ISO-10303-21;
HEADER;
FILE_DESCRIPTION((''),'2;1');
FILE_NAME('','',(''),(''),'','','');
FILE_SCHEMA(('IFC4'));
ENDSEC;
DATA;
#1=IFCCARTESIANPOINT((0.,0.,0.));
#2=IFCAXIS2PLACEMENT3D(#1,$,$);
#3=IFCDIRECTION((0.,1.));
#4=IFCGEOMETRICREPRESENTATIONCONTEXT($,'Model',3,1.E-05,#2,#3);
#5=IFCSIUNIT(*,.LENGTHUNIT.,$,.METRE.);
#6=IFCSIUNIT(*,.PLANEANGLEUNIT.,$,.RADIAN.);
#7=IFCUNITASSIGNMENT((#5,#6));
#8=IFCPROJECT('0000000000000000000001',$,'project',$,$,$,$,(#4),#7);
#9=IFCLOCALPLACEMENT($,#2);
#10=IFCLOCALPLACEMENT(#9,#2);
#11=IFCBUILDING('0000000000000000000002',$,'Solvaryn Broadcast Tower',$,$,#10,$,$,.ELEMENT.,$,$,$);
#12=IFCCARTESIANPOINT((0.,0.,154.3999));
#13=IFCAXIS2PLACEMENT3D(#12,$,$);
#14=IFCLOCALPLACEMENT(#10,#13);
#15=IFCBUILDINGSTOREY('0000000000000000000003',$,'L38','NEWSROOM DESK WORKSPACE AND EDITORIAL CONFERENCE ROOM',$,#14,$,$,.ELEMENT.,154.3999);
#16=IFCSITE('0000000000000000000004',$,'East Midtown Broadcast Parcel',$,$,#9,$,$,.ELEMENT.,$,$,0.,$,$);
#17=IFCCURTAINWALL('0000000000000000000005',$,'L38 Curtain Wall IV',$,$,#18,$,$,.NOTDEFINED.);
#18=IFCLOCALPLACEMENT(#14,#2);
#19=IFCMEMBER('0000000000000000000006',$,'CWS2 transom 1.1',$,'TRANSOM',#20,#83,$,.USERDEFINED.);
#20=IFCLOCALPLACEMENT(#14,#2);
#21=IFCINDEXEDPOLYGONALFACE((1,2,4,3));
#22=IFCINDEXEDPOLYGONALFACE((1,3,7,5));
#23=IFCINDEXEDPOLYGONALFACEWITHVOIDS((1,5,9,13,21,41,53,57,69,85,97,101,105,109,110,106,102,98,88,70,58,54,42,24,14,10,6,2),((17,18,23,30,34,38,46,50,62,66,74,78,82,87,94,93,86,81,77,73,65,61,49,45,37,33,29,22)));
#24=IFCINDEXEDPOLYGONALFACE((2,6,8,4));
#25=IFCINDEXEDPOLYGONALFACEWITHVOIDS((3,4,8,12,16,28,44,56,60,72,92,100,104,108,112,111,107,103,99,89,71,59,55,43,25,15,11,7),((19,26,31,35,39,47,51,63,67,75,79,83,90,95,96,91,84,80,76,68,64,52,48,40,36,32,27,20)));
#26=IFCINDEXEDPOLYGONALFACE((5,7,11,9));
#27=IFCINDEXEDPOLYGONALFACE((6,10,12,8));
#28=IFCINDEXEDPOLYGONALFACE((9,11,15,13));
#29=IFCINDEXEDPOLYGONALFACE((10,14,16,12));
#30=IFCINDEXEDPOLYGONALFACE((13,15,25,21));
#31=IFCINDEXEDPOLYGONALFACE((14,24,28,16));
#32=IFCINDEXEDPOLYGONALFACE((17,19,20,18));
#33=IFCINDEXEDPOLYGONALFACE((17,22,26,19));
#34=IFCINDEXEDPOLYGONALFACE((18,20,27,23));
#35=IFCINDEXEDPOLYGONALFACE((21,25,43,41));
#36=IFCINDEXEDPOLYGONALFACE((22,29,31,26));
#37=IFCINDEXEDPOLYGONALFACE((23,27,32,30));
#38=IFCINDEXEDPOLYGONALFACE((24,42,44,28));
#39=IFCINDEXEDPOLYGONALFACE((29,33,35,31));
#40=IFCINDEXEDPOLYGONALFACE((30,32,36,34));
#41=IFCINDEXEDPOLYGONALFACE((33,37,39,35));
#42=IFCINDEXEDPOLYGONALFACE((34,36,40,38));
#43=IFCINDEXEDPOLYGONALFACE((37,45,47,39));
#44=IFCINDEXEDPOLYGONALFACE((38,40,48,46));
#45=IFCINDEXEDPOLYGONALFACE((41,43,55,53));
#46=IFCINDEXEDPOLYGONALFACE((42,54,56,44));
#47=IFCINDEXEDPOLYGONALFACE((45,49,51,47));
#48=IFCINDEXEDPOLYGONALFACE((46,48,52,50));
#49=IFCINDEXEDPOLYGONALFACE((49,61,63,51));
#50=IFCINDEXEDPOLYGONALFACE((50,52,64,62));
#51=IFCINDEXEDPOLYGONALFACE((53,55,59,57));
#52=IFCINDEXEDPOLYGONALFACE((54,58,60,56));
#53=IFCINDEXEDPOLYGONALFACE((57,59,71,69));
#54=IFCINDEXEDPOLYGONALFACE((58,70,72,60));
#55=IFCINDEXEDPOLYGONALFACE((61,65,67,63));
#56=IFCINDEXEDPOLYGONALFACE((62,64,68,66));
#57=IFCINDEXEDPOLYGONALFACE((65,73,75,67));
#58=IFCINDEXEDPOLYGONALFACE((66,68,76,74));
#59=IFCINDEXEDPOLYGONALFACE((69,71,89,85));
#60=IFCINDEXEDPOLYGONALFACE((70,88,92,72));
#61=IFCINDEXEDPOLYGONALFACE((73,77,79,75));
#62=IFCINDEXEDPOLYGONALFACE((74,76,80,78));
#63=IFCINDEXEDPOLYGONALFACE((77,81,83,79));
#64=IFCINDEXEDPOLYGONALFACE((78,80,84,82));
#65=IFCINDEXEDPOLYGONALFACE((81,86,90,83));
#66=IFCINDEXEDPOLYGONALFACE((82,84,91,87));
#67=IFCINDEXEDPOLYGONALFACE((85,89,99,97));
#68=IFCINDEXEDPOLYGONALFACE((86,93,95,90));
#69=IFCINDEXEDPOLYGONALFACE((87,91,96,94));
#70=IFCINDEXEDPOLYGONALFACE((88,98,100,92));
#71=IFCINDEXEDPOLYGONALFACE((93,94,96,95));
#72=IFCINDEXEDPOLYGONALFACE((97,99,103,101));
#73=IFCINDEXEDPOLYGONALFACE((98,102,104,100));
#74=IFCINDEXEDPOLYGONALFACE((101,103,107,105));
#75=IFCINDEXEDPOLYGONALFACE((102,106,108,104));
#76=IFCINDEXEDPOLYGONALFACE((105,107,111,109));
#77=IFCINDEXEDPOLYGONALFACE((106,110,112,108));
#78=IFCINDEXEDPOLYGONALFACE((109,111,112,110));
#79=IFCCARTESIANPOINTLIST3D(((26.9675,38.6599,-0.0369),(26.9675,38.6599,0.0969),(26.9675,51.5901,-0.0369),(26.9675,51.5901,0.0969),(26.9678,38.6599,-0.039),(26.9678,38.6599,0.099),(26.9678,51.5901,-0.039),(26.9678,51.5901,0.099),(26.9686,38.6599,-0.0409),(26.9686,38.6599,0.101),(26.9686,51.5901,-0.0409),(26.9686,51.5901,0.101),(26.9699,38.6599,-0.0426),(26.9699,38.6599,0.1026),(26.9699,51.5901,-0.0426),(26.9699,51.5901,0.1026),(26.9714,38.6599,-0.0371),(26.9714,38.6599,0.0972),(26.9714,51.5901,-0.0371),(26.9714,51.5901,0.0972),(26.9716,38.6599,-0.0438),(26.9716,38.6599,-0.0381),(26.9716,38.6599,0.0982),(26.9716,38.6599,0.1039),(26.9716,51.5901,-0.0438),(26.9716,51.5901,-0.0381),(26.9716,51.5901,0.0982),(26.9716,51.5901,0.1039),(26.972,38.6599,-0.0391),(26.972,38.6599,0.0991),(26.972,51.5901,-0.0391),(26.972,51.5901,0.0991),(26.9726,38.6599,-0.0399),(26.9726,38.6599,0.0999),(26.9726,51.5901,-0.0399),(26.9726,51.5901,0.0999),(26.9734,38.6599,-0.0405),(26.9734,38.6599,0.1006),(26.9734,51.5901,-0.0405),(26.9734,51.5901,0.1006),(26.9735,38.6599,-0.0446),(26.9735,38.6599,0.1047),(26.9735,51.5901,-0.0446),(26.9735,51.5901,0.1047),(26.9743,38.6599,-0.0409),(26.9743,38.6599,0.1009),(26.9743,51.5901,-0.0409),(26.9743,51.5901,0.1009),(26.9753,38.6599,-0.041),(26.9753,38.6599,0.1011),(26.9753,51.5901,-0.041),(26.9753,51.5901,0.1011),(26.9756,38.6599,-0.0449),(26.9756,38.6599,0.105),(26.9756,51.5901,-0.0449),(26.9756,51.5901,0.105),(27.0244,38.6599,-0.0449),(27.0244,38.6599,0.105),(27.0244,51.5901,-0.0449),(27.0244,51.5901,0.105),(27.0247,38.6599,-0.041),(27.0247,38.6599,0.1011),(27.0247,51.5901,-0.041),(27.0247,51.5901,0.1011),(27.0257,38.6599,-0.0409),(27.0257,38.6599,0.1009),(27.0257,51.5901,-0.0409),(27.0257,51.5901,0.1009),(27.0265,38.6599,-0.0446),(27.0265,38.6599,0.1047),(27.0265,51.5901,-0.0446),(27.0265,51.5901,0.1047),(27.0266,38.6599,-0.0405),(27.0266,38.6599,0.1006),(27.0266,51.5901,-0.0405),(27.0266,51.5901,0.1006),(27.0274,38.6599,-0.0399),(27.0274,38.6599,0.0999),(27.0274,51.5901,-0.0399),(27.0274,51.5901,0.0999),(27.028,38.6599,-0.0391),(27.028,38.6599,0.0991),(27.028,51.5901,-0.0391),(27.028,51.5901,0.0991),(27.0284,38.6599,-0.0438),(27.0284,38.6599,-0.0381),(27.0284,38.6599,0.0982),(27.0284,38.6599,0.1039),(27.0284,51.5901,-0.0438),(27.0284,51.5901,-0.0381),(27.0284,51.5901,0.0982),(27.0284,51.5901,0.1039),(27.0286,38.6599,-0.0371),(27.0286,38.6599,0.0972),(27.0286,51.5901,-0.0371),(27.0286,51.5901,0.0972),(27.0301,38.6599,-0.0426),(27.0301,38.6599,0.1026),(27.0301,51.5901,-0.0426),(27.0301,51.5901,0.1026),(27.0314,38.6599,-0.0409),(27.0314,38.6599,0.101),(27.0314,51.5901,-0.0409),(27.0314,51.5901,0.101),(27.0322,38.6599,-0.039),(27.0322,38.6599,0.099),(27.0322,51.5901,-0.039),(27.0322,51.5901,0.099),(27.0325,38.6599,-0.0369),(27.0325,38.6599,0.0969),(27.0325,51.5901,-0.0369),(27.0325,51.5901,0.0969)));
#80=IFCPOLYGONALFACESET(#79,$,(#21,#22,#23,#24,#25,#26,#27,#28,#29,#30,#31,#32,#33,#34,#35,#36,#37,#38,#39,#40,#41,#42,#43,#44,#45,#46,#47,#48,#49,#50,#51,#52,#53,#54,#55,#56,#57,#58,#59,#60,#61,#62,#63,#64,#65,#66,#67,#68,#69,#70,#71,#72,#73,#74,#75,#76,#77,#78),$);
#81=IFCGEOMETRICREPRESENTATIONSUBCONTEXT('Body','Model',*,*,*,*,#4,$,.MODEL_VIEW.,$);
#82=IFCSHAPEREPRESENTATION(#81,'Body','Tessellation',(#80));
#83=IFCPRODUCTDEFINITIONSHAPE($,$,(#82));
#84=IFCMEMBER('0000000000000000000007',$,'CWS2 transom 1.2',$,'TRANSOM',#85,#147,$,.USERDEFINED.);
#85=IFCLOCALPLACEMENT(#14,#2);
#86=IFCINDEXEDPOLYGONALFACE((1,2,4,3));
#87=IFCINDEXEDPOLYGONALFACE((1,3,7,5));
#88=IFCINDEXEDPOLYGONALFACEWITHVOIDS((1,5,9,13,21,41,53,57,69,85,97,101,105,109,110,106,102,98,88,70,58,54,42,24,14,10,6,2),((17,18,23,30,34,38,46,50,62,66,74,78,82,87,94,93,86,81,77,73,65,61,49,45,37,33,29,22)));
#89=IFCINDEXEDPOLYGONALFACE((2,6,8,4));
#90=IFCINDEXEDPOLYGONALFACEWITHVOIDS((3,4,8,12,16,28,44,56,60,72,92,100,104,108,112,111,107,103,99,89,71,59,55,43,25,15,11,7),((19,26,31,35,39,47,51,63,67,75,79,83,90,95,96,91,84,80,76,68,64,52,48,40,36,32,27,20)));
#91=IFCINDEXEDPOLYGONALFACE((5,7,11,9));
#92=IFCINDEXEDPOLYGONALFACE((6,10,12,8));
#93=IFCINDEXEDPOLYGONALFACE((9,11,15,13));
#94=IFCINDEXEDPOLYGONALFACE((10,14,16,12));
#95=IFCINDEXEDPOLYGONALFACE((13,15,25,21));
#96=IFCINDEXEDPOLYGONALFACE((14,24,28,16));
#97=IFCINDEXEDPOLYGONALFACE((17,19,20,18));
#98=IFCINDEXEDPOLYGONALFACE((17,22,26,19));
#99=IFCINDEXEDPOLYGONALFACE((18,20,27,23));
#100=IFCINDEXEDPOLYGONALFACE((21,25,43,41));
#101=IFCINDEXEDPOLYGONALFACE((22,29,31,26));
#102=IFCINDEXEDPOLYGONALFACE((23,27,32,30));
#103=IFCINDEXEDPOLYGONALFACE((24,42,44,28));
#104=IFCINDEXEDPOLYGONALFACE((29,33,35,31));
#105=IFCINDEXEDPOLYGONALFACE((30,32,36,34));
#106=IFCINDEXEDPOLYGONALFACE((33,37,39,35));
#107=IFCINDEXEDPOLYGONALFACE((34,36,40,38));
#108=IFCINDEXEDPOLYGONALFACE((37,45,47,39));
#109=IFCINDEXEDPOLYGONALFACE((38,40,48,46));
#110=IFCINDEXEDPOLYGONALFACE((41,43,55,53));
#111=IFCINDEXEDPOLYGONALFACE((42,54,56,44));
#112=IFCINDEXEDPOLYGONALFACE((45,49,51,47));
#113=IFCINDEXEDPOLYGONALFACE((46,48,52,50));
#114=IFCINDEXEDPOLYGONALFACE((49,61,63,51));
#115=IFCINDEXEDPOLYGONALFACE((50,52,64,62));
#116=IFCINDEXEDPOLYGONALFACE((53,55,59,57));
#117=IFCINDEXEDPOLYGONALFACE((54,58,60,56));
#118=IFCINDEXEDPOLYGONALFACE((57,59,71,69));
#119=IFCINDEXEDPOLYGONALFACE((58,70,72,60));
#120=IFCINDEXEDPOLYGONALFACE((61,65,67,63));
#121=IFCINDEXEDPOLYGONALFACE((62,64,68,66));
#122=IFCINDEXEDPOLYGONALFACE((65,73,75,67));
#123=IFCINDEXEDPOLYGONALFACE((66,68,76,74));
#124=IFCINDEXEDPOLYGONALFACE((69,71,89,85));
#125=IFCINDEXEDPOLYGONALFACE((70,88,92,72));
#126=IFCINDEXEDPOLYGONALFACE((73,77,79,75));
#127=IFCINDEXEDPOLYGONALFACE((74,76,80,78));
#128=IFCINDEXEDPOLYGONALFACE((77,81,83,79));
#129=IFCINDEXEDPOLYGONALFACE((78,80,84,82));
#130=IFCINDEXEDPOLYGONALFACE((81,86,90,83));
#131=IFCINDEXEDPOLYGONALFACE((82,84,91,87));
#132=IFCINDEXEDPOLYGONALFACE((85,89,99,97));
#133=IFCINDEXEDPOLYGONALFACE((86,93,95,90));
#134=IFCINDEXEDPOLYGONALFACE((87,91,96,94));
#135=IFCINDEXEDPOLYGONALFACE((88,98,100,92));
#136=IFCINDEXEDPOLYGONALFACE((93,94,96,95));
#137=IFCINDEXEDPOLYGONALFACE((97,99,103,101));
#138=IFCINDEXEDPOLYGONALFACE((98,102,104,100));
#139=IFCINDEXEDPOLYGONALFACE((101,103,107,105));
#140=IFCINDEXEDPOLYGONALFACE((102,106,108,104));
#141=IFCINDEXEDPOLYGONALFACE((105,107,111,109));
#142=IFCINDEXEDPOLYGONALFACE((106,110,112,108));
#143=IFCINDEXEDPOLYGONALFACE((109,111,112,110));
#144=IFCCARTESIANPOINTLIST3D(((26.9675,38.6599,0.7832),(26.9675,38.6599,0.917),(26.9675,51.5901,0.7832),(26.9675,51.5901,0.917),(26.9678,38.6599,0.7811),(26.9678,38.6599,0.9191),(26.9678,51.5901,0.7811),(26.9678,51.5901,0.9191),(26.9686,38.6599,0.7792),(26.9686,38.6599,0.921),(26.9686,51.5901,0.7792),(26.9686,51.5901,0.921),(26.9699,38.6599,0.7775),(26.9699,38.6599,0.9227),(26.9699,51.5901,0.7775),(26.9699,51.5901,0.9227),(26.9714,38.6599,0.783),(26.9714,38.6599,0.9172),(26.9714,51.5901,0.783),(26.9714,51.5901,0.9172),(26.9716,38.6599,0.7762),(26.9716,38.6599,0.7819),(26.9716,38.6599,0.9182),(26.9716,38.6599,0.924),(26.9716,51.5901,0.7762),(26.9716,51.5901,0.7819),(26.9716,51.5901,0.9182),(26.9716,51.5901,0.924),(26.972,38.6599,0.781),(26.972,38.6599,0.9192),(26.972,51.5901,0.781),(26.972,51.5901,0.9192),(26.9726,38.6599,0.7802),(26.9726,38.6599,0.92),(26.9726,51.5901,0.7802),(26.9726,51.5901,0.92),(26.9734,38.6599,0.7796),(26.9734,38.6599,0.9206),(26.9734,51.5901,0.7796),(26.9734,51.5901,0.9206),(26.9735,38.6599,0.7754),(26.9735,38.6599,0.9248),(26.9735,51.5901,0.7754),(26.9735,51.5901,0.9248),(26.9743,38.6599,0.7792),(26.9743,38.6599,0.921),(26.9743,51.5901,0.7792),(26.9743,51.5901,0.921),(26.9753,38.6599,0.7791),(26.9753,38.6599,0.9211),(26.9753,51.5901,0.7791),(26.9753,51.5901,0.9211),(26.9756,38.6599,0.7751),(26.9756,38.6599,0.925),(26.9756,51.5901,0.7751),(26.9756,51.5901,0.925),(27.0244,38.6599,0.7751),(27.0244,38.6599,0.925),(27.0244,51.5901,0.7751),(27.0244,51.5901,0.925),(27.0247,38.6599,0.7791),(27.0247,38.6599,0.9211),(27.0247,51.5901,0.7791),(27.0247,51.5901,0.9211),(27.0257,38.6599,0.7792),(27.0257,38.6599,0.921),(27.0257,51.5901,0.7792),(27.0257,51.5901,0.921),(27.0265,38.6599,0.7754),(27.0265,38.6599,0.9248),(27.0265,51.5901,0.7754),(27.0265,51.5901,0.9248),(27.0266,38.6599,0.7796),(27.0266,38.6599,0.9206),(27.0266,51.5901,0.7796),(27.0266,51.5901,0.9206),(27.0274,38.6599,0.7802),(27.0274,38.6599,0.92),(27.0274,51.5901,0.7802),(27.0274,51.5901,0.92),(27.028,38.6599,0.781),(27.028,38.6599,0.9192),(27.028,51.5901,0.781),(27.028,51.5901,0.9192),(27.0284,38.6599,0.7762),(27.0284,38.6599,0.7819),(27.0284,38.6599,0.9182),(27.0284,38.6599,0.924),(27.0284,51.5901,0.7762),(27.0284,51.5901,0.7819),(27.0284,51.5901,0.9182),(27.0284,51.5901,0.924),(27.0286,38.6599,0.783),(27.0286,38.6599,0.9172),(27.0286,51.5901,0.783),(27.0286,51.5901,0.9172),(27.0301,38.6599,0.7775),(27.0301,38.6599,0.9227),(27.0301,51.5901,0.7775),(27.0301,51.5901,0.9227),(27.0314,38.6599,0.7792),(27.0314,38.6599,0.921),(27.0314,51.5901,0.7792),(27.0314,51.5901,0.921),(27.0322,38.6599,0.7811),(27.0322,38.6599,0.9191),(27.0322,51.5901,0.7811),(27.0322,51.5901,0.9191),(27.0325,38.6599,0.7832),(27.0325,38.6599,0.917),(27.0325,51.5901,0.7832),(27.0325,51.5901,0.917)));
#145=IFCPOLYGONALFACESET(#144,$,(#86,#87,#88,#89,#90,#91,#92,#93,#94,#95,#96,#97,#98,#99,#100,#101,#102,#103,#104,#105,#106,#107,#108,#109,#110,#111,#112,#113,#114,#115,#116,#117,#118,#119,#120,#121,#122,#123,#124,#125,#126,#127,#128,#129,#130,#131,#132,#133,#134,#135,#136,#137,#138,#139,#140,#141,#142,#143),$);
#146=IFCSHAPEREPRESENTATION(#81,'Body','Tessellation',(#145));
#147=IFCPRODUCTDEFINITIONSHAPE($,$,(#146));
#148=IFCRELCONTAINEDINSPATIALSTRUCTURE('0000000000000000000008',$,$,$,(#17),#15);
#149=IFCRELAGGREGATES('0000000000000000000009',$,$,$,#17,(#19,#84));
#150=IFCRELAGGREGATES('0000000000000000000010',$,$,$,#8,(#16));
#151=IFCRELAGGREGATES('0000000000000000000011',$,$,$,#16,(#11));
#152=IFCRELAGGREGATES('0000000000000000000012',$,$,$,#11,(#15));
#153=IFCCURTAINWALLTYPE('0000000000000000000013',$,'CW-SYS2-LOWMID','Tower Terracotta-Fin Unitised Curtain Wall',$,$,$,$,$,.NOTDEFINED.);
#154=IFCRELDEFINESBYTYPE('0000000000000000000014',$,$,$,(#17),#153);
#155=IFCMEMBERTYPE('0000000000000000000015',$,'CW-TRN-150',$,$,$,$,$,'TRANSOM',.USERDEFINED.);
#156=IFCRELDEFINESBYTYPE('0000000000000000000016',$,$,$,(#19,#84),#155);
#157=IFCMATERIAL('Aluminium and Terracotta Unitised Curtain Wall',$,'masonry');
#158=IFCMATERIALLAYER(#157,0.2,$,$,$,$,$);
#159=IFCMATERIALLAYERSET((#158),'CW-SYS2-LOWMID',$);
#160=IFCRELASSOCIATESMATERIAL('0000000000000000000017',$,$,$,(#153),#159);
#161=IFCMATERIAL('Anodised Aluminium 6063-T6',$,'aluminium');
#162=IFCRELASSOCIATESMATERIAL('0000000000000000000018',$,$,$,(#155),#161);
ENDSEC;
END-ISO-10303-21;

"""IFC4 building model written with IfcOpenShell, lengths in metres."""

from ifc_helpers import new_model, si_unit, direction, frame, origin, origin_2d, place, context, subcontext, project, spatial, hollow_rectangle, extrude, material, layer, layer_set, material_profile, profile_set, type_object, element, aggregate, save


model = new_model("IFC4")

# Units and contexts
model_context = context("Model", 3, precision=1e-05, world=origin(), true_north=direction((0.0, 1.0)))
body_context = subcontext(model_context, "Body", "Model", "MODEL_VIEW")
ifc_project = project(units=[si_unit("LENGTHUNIT", "METRE"), si_unit("PLANEANGLEUNIT", "RADIAN")], contexts=[model_context])

# Site, building, storey
site_placement = place(None, origin())
site = spatial("IfcSite", under=ifc_project, at=site_placement, Name="East Midtown Broadcast Parcel", CompositionType="ELEMENT", RefElevation=0.0)
building_placement = place(site_placement, origin())
building = spatial("IfcBuilding", under=site, at=building_placement, Name="Solvaryn Broadcast Tower", CompositionType="ELEMENT")
storey_placement = place(building_placement, frame((0.0, 0.0, 154.3999)))
storey = spatial("IfcBuildingStorey", under=building, at=storey_placement, Name="L38", Description="NEWSROOM DESK WORKSPACE AND EDITORIAL CONFERENCE ROOM", CompositionType="ELEMENT", Elevation=154.3999)

# Curtain wall
ifc_material_1 = material(Name="Aluminium and Terracotta Unitised Curtain Wall", Category="masonry")
ifc_layer_1 = layer(ifc_material_1, 0.2)
ifc_layer_set_1 = layer_set([ifc_layer_1], Name="CW-SYS2-LOWMID")
curtain_wall_type = type_object("IfcCurtainWallType", Name="CW-SYS2-LOWMID", Description="Tower Terracotta-Fin Unitised Curtain Wall", PredefinedType="NOTDEFINED", material=ifc_layer_set_1)
curtain_wall_1_placement = place(storey_placement, origin())
curtain_wall_1 = element("IfcCurtainWall", 1, at=curtain_wall_1_placement, inside=storey, type_object=curtain_wall_type, Name="L38 Curtain Wall IV", PredefinedType="NOTDEFINED")

# Members
ifc_material_2 = material(Name="Anodised Aluminium 6063-T6", Category="aluminium")
ifc_material_profile_1 = material_profile(ifc_material_2, hollow_rectangle(XDim=0.0649, YDim=0.1499, WallThickness=0.0039, InnerFilletRadius=0.0039, OuterFilletRadius=0.0081, at=origin_2d()))
ifc_profile_set_1 = profile_set([ifc_material_profile_1], Name="Anodised Aluminium 6063-T6")
member_type_1 = type_object("IfcMemberType", Name="CW-TRN-150", ElementType="TRANSOM", PredefinedType="USERDEFINED", material=ifc_profile_set_1)
member_1_placement = place(storey_placement, frame((27.0, 51.5901, 0.03), z_axis=(0.0, -1.0, 0.0), x_axis=(1.0, 0.0, 0.0)))
member_1 = element("IfcMember", 2, at=member_1_placement, type_object=member_type_1, Name="CWS2 transom 1.1", ObjectType="TRANSOM", PredefinedType="USERDEFINED", context=body_context, shape_type="SweptSolid", body=[
    extrude(hollow_rectangle(XDim=0.0649, YDim=0.1499, WallThickness=0.0039, InnerFilletRadius=0.0039, OuterFilletRadius=0.0081, at=origin_2d()), origin(), (0.0, 0.0, 1.0), 12.9302),
])
member_2_placement = place(storey_placement, frame((27.0, 51.5901, 0.8501), z_axis=(0.0, -1.0, 0.0), x_axis=(1.0, 0.0, 0.0)))
member_2 = element("IfcMember", 3, at=member_2_placement, type_object=member_type_1, Name="CWS2 transom 1.2", ObjectType="TRANSOM", PredefinedType="USERDEFINED", context=body_context, shape_type="SweptSolid", body=[
    extrude(hollow_rectangle(XDim=0.0649, YDim=0.1499, WallThickness=0.0039, InnerFilletRadius=0.0039, OuterFilletRadius=0.0081, at=origin_2d()), origin(), (0.0, 0.0, 1.0), 12.9302),
])

aggregate(curtain_wall_1, [member_1, member_2])

save(model, "model.ifc")
